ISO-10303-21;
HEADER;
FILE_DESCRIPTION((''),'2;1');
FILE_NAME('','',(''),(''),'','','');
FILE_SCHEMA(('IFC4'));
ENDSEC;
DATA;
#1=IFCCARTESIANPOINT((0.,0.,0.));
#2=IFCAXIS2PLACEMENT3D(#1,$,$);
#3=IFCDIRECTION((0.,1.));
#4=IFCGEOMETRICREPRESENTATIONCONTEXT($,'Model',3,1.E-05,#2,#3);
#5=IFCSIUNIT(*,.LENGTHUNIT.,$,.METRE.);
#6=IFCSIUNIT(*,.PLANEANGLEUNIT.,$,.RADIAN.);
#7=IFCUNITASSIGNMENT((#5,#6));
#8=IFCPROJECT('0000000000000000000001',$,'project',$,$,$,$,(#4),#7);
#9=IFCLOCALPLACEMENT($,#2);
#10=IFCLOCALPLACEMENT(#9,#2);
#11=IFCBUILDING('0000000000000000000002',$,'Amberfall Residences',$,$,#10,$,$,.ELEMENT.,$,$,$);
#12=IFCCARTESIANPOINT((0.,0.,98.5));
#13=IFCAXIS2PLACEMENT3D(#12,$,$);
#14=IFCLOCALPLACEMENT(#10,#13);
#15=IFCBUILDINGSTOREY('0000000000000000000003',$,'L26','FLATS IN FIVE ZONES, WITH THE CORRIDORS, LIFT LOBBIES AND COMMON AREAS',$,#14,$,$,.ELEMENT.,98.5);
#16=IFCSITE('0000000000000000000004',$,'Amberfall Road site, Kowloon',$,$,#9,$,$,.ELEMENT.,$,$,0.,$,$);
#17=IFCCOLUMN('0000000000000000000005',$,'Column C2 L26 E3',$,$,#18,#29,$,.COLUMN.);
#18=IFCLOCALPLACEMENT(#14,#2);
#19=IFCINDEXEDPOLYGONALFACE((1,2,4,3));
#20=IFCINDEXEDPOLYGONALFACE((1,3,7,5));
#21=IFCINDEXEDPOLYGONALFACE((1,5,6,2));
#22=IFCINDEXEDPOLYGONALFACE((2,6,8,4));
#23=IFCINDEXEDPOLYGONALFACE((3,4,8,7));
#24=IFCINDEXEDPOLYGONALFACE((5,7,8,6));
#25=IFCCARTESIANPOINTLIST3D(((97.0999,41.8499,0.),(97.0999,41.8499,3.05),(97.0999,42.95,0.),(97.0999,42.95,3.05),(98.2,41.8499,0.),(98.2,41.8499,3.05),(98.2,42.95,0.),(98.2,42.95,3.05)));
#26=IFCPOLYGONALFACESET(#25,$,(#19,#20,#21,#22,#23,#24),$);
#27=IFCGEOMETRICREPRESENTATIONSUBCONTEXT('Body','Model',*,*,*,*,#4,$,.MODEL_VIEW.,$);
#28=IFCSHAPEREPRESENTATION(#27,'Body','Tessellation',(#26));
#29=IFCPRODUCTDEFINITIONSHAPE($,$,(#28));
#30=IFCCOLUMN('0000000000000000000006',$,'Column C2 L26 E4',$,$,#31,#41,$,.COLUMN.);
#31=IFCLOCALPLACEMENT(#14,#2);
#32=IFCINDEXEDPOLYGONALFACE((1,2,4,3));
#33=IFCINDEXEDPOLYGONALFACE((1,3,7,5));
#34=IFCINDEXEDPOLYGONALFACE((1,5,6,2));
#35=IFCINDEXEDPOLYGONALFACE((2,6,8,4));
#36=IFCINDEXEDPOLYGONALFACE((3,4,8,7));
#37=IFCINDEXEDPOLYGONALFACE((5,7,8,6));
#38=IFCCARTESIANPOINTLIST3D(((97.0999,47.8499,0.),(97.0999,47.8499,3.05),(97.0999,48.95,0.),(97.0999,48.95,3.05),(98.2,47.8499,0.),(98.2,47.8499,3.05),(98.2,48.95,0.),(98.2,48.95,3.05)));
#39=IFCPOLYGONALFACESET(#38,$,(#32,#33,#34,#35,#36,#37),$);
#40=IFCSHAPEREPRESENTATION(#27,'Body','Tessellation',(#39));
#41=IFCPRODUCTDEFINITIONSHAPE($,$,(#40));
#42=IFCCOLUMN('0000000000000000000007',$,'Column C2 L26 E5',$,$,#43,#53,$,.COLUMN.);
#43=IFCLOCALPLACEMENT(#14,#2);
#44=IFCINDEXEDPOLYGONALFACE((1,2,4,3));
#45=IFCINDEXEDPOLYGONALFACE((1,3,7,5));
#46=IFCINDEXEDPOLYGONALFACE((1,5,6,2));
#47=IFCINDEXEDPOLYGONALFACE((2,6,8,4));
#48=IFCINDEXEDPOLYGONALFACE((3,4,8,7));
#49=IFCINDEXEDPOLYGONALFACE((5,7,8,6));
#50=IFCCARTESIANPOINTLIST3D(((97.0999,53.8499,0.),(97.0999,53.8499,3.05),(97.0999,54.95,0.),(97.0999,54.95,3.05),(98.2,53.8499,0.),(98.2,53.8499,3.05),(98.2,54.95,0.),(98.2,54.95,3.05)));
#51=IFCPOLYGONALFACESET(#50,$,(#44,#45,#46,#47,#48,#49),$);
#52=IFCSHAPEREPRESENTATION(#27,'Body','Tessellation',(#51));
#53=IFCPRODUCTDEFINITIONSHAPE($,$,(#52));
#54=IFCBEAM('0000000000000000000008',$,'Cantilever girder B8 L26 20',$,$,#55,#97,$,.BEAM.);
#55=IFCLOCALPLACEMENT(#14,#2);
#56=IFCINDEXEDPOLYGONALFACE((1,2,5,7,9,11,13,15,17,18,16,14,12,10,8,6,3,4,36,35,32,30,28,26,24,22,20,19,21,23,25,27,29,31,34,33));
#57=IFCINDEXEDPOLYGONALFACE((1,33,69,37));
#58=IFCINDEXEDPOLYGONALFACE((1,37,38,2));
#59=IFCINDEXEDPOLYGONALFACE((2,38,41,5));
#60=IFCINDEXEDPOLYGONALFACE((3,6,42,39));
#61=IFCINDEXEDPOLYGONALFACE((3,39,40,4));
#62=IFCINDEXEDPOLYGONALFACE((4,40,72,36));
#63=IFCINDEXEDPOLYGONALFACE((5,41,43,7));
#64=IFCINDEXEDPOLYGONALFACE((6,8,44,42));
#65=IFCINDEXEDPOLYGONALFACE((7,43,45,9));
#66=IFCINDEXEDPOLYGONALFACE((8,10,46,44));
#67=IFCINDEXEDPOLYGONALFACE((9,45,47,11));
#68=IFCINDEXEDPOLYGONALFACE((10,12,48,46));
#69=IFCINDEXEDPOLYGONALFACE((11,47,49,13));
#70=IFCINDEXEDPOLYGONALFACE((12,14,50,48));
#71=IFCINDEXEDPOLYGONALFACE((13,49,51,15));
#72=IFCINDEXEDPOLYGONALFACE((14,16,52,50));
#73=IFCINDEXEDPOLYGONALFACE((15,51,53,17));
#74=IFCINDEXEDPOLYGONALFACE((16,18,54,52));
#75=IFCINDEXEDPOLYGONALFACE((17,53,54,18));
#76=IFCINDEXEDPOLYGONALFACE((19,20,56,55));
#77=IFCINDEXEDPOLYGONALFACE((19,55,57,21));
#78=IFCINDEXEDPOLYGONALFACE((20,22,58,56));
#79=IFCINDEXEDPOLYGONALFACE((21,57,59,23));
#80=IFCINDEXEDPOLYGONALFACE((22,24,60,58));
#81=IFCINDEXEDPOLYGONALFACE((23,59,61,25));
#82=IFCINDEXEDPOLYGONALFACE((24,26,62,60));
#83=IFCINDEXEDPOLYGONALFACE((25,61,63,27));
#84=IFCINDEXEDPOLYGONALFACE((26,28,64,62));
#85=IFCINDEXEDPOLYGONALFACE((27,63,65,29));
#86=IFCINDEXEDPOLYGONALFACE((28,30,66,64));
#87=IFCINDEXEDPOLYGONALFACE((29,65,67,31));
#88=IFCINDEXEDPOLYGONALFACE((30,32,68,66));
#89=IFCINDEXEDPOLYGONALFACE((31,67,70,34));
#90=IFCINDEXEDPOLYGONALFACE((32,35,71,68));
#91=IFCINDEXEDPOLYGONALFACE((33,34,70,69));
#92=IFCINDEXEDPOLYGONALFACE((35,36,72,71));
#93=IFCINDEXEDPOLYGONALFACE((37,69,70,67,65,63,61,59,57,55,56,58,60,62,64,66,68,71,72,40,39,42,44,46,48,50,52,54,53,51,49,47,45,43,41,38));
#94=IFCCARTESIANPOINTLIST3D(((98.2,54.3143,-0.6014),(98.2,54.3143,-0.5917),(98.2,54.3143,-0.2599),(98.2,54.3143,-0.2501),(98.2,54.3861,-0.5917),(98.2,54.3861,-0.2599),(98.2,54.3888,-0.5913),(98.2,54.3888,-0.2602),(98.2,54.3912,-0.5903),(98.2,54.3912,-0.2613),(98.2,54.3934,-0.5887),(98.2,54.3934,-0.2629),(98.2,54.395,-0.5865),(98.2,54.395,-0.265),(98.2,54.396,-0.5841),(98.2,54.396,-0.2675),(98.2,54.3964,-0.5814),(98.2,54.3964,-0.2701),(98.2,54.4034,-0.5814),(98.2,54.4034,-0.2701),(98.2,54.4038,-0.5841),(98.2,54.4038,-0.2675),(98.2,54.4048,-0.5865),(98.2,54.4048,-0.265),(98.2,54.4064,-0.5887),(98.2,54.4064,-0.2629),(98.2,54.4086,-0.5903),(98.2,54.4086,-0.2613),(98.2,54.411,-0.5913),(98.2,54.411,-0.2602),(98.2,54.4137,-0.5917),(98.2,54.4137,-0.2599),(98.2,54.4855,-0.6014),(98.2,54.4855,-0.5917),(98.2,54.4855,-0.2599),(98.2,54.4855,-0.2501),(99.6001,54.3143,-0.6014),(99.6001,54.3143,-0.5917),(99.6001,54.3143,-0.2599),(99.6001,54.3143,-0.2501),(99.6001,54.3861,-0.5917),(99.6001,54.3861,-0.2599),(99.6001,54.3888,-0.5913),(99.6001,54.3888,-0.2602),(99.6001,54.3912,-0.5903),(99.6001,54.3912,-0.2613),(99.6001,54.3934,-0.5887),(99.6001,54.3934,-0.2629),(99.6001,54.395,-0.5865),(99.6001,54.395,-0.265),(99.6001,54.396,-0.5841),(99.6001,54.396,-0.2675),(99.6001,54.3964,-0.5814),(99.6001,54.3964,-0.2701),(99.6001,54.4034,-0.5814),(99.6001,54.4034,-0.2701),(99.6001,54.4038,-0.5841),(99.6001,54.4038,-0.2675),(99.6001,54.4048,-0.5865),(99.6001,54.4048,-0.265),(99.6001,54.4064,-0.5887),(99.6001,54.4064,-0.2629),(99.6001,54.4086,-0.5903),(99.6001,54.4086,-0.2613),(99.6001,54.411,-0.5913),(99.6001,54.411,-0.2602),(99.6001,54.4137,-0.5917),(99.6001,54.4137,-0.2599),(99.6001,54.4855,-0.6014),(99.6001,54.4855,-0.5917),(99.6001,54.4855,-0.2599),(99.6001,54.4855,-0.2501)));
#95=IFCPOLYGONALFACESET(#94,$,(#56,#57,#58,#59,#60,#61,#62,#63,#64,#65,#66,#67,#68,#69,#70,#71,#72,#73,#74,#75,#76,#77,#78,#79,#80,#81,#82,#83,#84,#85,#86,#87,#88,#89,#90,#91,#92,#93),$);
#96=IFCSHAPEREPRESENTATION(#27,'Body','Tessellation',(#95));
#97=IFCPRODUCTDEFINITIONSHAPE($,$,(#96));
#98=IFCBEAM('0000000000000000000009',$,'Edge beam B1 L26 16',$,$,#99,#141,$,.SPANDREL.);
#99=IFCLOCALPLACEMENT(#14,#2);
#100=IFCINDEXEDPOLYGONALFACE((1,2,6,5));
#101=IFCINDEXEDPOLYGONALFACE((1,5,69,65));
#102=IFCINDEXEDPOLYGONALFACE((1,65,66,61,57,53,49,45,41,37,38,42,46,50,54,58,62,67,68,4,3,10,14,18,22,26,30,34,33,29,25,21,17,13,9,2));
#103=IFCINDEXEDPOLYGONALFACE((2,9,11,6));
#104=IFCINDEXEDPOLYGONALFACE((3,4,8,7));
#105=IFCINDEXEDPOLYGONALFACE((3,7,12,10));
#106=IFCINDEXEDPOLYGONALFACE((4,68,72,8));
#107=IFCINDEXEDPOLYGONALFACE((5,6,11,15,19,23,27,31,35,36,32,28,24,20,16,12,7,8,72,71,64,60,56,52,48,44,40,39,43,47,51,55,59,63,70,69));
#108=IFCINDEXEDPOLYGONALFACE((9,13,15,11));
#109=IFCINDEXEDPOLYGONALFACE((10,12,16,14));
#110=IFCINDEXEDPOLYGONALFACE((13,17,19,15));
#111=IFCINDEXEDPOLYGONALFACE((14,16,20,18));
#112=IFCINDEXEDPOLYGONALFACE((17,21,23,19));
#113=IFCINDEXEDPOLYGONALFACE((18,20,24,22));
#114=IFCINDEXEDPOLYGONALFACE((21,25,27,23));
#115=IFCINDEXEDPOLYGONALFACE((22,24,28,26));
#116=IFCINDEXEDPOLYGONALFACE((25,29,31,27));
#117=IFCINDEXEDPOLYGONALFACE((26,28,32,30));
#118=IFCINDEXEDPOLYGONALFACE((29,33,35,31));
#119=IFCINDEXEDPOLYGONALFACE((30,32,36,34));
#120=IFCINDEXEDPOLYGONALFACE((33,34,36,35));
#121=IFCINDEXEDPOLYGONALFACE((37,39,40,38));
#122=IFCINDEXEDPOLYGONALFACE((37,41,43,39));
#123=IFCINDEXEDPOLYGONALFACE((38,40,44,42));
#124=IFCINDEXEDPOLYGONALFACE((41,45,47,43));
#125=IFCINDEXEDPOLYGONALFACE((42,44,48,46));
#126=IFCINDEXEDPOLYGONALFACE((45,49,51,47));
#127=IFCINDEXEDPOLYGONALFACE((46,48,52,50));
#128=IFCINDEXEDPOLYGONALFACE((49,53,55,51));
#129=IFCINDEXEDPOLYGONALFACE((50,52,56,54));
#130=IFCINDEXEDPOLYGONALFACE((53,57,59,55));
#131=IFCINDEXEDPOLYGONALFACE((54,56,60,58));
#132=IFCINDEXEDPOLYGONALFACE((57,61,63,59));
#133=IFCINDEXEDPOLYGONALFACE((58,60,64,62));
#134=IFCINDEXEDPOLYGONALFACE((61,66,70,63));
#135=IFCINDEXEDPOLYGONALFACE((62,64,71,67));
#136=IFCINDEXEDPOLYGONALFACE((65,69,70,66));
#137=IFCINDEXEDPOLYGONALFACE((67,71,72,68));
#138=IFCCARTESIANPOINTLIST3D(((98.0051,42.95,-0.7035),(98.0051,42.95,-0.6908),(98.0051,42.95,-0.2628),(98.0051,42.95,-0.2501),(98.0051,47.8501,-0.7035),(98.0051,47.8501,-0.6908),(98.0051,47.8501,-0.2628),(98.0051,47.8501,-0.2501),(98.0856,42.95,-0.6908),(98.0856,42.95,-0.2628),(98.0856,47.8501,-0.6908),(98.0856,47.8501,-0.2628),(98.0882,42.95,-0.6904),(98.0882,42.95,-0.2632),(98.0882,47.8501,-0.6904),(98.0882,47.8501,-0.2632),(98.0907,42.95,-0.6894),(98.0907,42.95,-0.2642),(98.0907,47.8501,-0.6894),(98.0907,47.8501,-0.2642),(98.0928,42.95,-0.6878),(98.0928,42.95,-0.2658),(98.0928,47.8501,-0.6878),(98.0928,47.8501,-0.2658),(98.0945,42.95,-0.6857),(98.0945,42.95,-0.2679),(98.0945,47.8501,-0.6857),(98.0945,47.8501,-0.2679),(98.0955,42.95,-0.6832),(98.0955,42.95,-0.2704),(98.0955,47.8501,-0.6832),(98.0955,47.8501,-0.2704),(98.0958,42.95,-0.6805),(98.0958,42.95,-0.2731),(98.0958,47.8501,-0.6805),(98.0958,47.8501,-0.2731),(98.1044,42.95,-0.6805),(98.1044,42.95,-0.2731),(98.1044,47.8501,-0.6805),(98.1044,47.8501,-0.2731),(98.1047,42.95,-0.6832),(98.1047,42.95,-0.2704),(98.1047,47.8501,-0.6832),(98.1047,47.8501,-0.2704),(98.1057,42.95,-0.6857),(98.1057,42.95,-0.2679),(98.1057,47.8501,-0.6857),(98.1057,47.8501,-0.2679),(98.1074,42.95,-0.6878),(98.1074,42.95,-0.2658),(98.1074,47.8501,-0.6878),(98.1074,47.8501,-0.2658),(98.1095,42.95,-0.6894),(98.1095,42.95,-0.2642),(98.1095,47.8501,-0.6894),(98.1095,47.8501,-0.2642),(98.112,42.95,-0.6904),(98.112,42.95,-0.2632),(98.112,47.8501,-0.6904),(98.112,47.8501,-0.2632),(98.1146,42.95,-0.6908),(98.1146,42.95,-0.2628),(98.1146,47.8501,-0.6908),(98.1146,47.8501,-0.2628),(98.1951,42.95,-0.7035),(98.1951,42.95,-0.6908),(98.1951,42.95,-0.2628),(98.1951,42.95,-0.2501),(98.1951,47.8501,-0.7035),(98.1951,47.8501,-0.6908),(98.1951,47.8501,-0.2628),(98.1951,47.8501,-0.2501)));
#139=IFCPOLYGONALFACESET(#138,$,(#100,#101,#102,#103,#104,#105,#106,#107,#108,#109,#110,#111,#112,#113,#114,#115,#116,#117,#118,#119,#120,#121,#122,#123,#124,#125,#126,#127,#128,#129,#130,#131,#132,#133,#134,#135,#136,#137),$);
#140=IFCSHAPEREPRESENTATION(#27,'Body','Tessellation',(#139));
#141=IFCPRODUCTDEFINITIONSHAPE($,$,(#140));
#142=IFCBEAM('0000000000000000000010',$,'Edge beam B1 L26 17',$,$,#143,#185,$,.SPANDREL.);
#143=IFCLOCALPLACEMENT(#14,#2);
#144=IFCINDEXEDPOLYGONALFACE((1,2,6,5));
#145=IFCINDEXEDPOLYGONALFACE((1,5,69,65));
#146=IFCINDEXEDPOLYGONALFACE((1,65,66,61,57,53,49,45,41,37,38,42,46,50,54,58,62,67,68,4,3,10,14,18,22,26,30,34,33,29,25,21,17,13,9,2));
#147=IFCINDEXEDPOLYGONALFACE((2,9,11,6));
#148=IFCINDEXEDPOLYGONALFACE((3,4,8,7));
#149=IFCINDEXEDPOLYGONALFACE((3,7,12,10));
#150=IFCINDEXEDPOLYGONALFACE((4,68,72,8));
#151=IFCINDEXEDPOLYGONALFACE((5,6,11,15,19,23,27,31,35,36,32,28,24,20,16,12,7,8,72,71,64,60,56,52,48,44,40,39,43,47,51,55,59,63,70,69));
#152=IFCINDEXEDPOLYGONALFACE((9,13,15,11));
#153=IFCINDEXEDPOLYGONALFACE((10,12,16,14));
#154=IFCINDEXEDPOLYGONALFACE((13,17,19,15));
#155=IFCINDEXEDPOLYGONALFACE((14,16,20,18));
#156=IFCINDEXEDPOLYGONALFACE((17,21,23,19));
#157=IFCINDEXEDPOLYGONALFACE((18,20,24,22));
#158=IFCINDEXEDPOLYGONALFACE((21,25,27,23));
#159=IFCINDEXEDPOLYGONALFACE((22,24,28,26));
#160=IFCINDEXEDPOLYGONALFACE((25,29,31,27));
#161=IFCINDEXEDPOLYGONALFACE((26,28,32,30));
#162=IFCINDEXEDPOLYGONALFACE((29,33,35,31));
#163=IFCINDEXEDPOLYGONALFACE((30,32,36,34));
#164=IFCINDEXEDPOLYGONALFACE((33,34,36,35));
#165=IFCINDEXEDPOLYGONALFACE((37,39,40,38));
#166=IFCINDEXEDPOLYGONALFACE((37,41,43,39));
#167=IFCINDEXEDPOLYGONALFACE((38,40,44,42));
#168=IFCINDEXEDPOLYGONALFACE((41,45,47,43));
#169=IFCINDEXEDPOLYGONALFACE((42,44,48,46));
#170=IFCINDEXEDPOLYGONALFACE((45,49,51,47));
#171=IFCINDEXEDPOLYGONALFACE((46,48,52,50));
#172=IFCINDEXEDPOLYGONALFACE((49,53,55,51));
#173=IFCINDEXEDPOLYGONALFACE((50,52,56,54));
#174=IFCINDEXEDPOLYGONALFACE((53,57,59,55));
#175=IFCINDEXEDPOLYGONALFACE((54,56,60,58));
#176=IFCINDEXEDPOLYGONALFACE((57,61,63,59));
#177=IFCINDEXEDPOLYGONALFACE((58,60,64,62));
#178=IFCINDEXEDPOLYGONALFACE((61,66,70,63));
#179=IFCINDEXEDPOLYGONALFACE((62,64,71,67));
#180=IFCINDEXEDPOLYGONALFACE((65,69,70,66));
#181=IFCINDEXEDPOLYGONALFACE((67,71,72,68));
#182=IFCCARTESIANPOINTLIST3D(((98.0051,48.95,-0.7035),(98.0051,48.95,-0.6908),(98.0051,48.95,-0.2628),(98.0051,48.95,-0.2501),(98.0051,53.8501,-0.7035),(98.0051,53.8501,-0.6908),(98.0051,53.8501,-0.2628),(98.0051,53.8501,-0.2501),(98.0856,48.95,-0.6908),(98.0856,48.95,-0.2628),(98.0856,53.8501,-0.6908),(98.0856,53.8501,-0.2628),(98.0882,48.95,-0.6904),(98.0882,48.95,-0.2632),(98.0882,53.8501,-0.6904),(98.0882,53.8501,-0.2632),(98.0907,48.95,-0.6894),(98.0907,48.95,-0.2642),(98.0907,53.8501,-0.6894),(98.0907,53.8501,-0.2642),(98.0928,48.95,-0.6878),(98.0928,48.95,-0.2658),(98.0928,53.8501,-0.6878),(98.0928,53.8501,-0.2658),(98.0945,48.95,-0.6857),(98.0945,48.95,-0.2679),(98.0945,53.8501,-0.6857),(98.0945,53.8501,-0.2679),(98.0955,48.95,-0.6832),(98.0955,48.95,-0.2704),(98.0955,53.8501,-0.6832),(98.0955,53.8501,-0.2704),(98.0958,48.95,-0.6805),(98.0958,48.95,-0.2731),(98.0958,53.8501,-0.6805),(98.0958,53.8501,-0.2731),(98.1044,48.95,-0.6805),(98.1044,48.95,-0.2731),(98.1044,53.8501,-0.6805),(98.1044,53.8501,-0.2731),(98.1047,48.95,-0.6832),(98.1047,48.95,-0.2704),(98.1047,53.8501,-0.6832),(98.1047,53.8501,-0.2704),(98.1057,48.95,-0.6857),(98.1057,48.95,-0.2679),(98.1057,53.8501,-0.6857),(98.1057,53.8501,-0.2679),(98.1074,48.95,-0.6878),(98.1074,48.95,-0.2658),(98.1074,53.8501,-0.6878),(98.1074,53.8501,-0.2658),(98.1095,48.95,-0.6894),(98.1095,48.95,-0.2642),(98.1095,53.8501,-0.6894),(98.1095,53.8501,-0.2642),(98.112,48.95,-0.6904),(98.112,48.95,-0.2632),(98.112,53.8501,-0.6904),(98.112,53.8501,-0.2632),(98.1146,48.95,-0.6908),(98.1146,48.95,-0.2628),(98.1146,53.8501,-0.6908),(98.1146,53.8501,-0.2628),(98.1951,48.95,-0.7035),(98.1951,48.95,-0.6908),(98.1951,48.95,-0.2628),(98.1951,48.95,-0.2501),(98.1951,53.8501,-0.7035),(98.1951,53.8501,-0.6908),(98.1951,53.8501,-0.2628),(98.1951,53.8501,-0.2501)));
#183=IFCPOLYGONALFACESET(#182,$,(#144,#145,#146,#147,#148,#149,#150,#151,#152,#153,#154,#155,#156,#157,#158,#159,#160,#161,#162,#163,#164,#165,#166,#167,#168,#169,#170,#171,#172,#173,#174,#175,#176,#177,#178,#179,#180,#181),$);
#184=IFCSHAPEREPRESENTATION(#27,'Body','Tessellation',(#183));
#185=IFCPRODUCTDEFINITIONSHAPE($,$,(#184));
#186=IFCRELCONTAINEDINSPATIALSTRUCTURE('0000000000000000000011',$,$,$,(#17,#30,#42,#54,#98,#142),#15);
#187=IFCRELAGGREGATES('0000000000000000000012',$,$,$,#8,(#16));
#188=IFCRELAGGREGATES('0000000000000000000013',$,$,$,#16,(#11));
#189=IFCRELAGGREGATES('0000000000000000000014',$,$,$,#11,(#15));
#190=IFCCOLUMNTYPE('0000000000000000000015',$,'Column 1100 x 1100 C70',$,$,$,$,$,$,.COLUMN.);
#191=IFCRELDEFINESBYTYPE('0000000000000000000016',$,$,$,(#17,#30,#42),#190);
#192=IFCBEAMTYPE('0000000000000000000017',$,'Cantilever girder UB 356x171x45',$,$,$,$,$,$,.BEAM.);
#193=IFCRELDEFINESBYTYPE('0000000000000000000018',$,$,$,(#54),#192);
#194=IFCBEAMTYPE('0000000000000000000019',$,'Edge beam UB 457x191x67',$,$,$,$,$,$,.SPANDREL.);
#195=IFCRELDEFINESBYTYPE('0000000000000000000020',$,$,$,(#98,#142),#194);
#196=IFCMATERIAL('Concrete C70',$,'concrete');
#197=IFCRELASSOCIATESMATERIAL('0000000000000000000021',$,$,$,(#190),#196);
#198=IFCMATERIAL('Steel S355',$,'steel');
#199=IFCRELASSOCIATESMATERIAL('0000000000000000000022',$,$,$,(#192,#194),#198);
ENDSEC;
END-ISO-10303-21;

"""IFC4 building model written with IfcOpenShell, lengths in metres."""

from ifc_helpers import new_model, si_unit, direction, frame, origin, origin_2d, place, context, subcontext, project, spatial, rectangle, i_section, extrude, material, material_profile, profile_set, type_object, element, save


model = new_model("IFC4")

# Units and contexts
model_context = context("Model", 3, precision=1e-05, world=origin(), true_north=direction((0.0, 1.0)))
body_context = subcontext(model_context, "Body", "Model", "MODEL_VIEW")
ifc_project = project(units=[si_unit("LENGTHUNIT", "METRE"), si_unit("PLANEANGLEUNIT", "RADIAN")], contexts=[model_context])

# Site, building, storey
site_placement = place(None, origin())
site = spatial("IfcSite", under=ifc_project, at=site_placement, Name="Amberfall Road site, Kowloon", CompositionType="ELEMENT", RefElevation=0.0)
building_placement = place(site_placement, origin())
building = spatial("IfcBuilding", under=site, at=building_placement, Name="Amberfall Residences", CompositionType="ELEMENT")
storey_placement = place(building_placement, frame((0.0, 0.0, 98.5)))
storey = spatial("IfcBuildingStorey", under=building, at=storey_placement, Name="L26", Description="FLATS IN FIVE ZONES, WITH THE CORRIDORS, LIFT LOBBIES AND COMMON AREAS", CompositionType="ELEMENT", Elevation=98.5)

# Columns
ifc_material_1 = material(Name="Concrete C70", Category="concrete")
ifc_material_profile_1 = material_profile(ifc_material_1, rectangle(XDim=1.1001, YDim=1.1001, at=origin_2d()), Name="Column 1100 x 1100 C70")
ifc_profile_set_1 = profile_set([ifc_material_profile_1], Name="Concrete C70")
column_type = type_object("IfcColumnType", Name="Column 1100 x 1100 C70", PredefinedType="COLUMN", material=ifc_profile_set_1)
for number, where, z_axis, x_axis, name in (
    (1, (97.6499, 42.3999, 0.0), (0.0, 0.0, 1.0), (1.0, 0.0, 0.0), "Column C2 L26 E3"),
    (2, (97.6499, 48.3999, 0.0), (0.0, 0.0, 1.0), (1.0, 0.0, 0.0), "Column C2 L26 E4"),
    (3, (97.6499, 54.3999, 0.0), (0.0, 0.0, 1.0), (1.0, 0.0, 0.0), "Column C2 L26 E5"),
):
    element("IfcColumn", number, at=place(storey_placement, frame(where, z_axis=z_axis, x_axis=x_axis)), inside=storey, type_object=column_type, Name=name, PredefinedType="COLUMN", context=body_context, shape_type="SweptSolid", body=[
        extrude(rectangle(XDim=1.1001, YDim=1.1001, at=origin_2d()), origin(), (0.0, 0.0, 1.0), 3.05),
    ])

# Beams
ifc_material_2 = material(Name="Steel S355", Category="steel")
ifc_material_profile_2 = material_profile(ifc_material_2, i_section(OverallWidth=0.1711, OverallDepth=0.3513, WebThickness=0.0071, FlangeThickness=0.0098, FilletRadius=0.0103, at=origin_2d()), Name="UB 356x171x45")
ifc_profile_set_2 = profile_set([ifc_material_profile_2], Name="Steel S355")
beam_type_1 = type_object("IfcBeamType", Name="Cantilever girder UB 356x171x45", PredefinedType="BEAM", material=ifc_profile_set_2)
beam_1_placement = place(storey_placement, frame((98.2, 54.3999, -0.4258), z_axis=(1.0, 0.0, 0.0), x_axis=(0.0, 1.0, 0.0)))
element("IfcBeam", 4, at=beam_1_placement, inside=storey, type_object=beam_type_1, Name="Cantilever girder B8 L26 20", PredefinedType="BEAM", context=body_context, shape_type="SweptSolid", body=[
    extrude(i_section(OverallWidth=0.1711, OverallDepth=0.3513, WebThickness=0.0071, FlangeThickness=0.0098, FilletRadius=0.0103, at=origin_2d()), origin(), (0.0, 0.0, 1.0), 1.4001),
])
ifc_material_profile_3 = material_profile(ifc_material_2, i_section(OverallWidth=0.1899, OverallDepth=0.4534, WebThickness=0.0085, FlangeThickness=0.0127, FilletRadius=0.0103, at=origin_2d()), Name="UB 457x191x67")
ifc_profile_set_3 = profile_set([ifc_material_profile_3], Name="Steel S355")
beam_type_2 = type_object("IfcBeamType", Name="Edge beam UB 457x191x67", PredefinedType="SPANDREL", material=ifc_profile_set_3)
for number, where, z_axis, x_axis, name in (
    (5, (98.1001, 42.95, -0.4768), (0.0, 1.0, 0.0), (-1.0, 0.0, 0.0), "Edge beam B1 L26 16"),
    (6, (98.1001, 48.95, -0.4768), (0.0, 1.0, 0.0), (-1.0, 0.0, 0.0), "Edge beam B1 L26 17"),
):
    element("IfcBeam", number, at=place(storey_placement, frame(where, z_axis=z_axis, x_axis=x_axis)), inside=storey, type_object=beam_type_2, Name=name, PredefinedType="SPANDREL", context=body_context, shape_type="SweptSolid", body=[
        extrude(i_section(OverallWidth=0.1899, OverallDepth=0.4534, WebThickness=0.0085, FlangeThickness=0.0127, FilletRadius=0.0103, at=origin_2d()), origin(), (0.0, 0.0, 1.0), 4.9001),
    ])

save(model, "model.ifc")
